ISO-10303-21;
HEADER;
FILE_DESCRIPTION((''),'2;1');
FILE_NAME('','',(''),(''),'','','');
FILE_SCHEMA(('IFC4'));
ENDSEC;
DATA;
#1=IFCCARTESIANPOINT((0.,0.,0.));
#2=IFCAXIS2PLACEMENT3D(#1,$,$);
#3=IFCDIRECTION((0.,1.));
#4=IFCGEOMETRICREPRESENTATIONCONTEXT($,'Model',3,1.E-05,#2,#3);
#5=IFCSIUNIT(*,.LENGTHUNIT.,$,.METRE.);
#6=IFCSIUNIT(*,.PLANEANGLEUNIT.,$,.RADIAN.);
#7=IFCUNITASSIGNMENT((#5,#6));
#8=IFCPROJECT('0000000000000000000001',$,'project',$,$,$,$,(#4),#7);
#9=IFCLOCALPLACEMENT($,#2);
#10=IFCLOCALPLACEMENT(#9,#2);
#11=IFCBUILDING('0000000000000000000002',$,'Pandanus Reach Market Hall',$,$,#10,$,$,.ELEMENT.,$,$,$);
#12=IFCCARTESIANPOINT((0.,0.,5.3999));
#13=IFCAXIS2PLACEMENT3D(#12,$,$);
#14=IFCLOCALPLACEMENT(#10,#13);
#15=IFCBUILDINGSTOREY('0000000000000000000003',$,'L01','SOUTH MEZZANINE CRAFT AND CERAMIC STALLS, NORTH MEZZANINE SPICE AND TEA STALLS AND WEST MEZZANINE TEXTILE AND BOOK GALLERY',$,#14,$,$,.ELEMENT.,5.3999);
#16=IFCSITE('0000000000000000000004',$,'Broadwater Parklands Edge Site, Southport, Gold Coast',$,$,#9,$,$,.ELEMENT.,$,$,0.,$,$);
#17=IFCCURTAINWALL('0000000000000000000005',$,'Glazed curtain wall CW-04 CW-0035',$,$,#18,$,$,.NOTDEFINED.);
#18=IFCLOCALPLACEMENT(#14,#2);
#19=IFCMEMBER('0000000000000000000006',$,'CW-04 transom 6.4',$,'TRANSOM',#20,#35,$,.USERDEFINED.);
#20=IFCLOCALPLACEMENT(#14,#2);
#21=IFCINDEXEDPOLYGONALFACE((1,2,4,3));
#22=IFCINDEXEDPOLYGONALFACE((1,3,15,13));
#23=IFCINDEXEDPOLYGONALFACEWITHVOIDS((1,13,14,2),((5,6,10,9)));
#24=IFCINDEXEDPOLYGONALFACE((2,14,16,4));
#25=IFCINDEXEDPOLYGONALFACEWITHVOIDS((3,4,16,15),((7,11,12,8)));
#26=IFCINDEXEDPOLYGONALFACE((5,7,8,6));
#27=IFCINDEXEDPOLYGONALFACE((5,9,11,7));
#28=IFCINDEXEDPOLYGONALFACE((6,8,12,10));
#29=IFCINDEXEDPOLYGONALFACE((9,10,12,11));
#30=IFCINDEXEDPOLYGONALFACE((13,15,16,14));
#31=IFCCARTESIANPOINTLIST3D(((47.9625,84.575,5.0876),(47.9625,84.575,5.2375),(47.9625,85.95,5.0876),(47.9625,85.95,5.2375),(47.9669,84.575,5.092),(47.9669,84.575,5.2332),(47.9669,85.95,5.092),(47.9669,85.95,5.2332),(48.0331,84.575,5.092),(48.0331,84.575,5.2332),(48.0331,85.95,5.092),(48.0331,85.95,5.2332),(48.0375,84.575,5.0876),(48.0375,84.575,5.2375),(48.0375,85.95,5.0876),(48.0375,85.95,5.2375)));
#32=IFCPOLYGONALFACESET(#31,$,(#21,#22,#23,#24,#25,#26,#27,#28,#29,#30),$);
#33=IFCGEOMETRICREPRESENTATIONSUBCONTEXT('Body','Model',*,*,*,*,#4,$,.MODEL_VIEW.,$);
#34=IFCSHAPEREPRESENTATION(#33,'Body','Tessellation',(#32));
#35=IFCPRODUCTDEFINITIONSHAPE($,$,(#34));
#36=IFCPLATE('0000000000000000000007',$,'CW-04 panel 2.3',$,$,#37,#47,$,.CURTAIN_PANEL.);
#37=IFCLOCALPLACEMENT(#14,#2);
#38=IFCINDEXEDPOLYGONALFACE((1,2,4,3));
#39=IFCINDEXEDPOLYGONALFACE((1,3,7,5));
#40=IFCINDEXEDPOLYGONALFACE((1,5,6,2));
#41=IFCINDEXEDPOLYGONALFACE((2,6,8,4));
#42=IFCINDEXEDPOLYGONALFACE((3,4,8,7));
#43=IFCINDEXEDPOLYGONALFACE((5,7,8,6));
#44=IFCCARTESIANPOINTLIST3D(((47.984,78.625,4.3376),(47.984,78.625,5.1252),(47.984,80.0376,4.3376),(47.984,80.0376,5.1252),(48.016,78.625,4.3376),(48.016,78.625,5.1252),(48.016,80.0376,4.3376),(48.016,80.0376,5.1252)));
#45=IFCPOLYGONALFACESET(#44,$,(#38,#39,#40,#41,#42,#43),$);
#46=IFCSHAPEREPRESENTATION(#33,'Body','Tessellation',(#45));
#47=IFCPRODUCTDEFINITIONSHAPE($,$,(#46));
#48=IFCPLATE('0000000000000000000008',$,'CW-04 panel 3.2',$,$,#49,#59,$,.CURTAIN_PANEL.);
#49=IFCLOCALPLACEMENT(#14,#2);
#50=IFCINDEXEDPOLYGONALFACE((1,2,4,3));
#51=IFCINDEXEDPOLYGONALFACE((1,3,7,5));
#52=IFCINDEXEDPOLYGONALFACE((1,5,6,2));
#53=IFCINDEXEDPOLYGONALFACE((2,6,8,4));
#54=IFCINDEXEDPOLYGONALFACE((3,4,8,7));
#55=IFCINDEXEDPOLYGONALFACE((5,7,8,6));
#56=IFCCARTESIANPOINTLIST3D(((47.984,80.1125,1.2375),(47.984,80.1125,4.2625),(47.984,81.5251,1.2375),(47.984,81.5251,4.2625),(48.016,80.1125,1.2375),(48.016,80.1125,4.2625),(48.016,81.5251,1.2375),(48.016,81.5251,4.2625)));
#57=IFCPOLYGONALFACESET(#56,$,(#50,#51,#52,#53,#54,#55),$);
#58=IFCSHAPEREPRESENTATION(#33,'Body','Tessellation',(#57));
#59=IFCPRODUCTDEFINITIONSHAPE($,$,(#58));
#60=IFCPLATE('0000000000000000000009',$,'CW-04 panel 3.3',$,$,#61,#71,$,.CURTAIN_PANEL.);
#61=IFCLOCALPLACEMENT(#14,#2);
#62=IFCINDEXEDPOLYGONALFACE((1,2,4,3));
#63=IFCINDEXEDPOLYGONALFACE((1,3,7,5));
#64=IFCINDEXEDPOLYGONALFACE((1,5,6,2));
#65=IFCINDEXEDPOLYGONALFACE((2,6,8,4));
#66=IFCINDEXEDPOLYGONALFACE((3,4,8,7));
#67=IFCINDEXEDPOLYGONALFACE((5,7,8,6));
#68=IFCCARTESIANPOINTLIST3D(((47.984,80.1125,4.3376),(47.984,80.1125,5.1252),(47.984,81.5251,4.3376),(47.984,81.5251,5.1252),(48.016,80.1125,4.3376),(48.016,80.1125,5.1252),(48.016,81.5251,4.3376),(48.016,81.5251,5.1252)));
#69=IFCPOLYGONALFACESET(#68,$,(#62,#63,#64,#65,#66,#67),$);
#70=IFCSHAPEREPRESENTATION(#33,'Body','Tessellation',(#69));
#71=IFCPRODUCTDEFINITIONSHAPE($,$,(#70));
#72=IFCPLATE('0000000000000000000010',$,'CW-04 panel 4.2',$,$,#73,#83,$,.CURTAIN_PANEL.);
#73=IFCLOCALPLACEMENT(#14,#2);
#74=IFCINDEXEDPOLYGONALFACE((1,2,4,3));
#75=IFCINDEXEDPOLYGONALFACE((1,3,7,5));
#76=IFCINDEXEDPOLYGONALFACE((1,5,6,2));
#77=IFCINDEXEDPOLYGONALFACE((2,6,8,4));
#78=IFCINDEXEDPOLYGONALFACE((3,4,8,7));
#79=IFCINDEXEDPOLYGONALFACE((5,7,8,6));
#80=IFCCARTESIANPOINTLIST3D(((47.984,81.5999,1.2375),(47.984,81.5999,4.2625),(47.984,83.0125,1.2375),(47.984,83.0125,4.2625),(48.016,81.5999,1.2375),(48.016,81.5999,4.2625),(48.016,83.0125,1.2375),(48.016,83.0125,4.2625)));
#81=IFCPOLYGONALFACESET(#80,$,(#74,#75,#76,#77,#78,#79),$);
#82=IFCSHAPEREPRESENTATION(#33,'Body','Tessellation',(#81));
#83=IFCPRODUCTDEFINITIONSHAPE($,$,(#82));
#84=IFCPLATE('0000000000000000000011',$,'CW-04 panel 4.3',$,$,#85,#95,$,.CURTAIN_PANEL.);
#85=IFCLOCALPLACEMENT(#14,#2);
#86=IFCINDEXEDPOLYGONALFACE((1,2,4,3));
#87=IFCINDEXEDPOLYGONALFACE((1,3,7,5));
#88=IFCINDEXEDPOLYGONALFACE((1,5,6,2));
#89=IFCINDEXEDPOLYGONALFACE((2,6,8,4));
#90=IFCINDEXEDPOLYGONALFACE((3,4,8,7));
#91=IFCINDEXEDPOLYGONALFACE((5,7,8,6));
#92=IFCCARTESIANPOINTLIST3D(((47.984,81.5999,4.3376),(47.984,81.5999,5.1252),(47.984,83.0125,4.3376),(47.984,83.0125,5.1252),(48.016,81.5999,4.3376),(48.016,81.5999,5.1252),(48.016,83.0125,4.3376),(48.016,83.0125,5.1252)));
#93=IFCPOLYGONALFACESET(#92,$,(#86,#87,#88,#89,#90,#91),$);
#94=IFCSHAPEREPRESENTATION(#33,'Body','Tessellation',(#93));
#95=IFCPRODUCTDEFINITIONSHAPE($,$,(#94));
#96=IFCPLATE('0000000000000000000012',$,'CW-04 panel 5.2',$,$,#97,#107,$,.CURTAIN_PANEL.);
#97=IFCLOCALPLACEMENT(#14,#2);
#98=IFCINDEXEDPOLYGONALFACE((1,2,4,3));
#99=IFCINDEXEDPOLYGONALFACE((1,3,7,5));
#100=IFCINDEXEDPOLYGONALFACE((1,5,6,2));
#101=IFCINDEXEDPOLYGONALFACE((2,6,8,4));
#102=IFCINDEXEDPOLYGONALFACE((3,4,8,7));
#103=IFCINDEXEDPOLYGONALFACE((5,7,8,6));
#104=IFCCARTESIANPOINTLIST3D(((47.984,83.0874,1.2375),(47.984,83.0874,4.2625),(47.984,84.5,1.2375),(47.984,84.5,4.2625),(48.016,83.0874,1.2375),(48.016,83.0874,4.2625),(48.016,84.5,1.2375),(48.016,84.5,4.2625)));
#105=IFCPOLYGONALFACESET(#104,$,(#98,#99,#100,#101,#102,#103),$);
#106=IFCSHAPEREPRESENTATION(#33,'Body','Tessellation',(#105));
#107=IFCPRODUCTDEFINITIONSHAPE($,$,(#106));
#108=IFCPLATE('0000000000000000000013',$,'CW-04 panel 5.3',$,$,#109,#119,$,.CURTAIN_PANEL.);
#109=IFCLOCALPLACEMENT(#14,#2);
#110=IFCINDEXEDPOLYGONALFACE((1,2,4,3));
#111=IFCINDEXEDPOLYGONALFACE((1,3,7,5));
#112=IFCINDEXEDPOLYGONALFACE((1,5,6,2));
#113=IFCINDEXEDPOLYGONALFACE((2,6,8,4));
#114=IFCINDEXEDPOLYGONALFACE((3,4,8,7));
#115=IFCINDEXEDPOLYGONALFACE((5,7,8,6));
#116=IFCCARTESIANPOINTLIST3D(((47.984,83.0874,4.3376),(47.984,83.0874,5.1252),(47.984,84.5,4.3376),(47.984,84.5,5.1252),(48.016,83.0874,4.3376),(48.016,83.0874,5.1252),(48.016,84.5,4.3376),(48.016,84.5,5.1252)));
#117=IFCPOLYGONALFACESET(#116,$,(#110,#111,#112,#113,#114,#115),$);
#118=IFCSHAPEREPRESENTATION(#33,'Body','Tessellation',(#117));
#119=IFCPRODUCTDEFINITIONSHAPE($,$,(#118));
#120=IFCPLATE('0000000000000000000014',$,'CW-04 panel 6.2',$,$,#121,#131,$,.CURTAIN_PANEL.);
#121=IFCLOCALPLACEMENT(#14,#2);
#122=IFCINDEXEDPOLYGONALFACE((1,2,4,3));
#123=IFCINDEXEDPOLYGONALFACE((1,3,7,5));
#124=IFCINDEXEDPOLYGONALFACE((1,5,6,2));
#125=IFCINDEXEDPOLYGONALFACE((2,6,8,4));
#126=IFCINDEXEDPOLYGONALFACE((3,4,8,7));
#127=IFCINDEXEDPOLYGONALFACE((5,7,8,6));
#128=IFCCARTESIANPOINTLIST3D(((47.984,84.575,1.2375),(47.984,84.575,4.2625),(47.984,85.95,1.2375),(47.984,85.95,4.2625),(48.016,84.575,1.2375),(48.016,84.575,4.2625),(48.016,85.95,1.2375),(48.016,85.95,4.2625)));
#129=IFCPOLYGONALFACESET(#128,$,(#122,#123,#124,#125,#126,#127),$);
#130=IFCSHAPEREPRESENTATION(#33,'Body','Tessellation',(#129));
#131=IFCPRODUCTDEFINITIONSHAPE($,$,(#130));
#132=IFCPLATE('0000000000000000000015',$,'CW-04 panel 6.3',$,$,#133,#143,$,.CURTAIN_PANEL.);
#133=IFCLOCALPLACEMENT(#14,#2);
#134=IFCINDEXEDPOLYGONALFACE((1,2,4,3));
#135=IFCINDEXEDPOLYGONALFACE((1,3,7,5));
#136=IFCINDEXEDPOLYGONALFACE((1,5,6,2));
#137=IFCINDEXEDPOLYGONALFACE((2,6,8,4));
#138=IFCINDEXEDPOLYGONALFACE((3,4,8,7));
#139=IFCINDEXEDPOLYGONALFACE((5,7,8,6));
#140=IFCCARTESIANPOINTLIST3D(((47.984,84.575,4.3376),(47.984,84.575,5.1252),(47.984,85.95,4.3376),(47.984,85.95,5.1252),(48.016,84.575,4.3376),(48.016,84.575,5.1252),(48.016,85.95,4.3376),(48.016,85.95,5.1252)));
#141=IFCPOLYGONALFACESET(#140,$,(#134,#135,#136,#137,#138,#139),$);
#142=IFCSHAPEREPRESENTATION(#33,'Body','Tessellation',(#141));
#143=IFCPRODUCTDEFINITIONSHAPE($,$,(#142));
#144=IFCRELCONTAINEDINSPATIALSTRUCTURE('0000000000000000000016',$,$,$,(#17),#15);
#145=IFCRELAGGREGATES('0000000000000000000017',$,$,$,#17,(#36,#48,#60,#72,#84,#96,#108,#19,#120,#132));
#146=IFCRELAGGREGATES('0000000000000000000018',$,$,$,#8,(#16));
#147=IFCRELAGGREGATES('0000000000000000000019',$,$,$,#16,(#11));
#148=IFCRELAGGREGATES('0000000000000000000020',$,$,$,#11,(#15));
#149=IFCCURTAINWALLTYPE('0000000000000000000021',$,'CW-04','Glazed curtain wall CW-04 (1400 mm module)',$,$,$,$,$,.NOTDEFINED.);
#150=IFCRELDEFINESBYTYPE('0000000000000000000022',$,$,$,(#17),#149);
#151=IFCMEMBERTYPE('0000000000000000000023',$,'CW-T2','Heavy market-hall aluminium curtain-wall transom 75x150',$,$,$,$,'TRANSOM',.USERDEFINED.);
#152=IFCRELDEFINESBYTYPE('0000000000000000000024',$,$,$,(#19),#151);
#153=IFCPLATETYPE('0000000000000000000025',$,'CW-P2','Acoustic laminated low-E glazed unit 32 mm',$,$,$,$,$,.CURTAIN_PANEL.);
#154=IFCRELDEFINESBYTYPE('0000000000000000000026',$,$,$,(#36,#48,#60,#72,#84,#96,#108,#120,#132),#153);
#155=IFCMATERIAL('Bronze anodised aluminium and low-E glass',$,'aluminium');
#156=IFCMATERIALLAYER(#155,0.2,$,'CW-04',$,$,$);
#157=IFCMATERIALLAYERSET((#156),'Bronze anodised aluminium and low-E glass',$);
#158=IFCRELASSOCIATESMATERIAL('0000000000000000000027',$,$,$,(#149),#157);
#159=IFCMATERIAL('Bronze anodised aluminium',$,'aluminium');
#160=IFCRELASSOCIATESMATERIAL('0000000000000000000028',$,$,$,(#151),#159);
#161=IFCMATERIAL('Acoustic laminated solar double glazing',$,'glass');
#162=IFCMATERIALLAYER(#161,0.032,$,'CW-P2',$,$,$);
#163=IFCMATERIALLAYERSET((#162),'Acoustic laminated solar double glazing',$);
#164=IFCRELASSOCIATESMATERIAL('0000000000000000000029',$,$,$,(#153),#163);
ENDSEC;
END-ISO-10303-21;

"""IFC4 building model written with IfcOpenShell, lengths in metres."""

from ifc_helpers import new_model, si_unit, direction, frame, origin, origin_2d, place, context, subcontext, project, spatial, rectangle, hollow_rectangle, extrude, material, layer, layer_set, material_profile, profile_set, type_object, element, aggregate, save


model = new_model("IFC4")

# Units and contexts
model_context = context("Model", 3, precision=1e-05, world=origin(), true_north=direction((0.0, 1.0)))
body_context = subcontext(model_context, "Body", "Model", "MODEL_VIEW")
ifc_project = project(units=[si_unit("LENGTHUNIT", "METRE"), si_unit("PLANEANGLEUNIT", "RADIAN")], contexts=[model_context])

# Site, building, storey
site_placement = place(None, origin())
site = spatial("IfcSite", under=ifc_project, at=site_placement, Name="Broadwater Parklands Edge Site, Southport, Gold Coast", CompositionType="ELEMENT", RefElevation=0.0)
building_placement = place(site_placement, origin())
building = spatial("IfcBuilding", under=site, at=building_placement, Name="Pandanus Reach Market Hall", CompositionType="ELEMENT")
storey_placement = place(building_placement, frame((0.0, 0.0, 5.3999)))
storey = spatial("IfcBuildingStorey", under=building, at=storey_placement, Name="L01", Description="SOUTH MEZZANINE CRAFT AND CERAMIC STALLS, NORTH MEZZANINE SPICE AND TEA STALLS AND WEST MEZZANINE TEXTILE AND BOOK GALLERY", CompositionType="ELEMENT", Elevation=5.3999)

# Curtain wall, member, plates
ifc_material_1 = material(Name="Bronze anodised aluminium and low-E glass", Category="aluminium")
ifc_layer_1 = layer(ifc_material_1, 0.2, Name="CW-04")
ifc_layer_set_1 = layer_set([ifc_layer_1], Name="Bronze anodised aluminium and low-E glass")
curtain_wall_type = type_object("IfcCurtainWallType", Name="CW-04", Description="Glazed curtain wall CW-04 (1400 mm module)", PredefinedType="NOTDEFINED", material=ifc_layer_set_1)
curtain_wall_placement = place(storey_placement, origin())
curtain_wall = element("IfcCurtainWall", 1, at=curtain_wall_placement, inside=storey, type_object=curtain_wall_type, Name="Glazed curtain wall CW-04 CW-0035", PredefinedType="NOTDEFINED")
ifc_material_2 = material(Name="Bronze anodised aluminium", Category="aluminium")
ifc_material_profile_1 = material_profile(ifc_material_2, hollow_rectangle(XDim=0.075, YDim=0.1499, WallThickness=0.0044, at=origin_2d()), Name="ALU75x150", Category="LoadBearing")
ifc_profile_set_1 = profile_set([ifc_material_profile_1], Name="Bronze anodised aluminium")
member_type_1 = type_object("IfcMemberType", Name="CW-T2", Description="Heavy market-hall aluminium curtain-wall transom 75x150", ElementType="TRANSOM", PredefinedType="USERDEFINED", material=ifc_profile_set_1)
member_1_placement = place(storey_placement, frame((48.0, 84.575, 5.1626), z_axis=(0.0, 1.0, 0.0), x_axis=(-1.0, 0.0, 0.0)))
member_1 = element("IfcMember", 2, at=member_1_placement, type_object=member_type_1, Name="CW-04 transom 6.4", ObjectType="TRANSOM", PredefinedType="USERDEFINED", context=body_context, shape_type="SweptSolid", body=[
    extrude(hollow_rectangle(XDim=0.075, YDim=0.1499, WallThickness=0.0044, at=origin_2d()), origin(), (0.0, 0.0, 1.0), 1.375),
])
ifc_material_3 = material(Name="Acoustic laminated solar double glazing", Category="glass")
ifc_layer_2 = layer(ifc_material_3, 0.032, Name="CW-P2")
ifc_layer_set_2 = layer_set([ifc_layer_2], Name="Acoustic laminated solar double glazing")
plate_type = type_object("IfcPlateType", Name="CW-P2", Description="Acoustic laminated low-E glazed unit 32 mm", PredefinedType="CURTAIN_PANEL", material=ifc_layer_set_2)
plate_1_placement = place(storey_placement, frame((48.0, 79.3313, 4.3376), z_axis=(0.0, 0.0, 1.0), x_axis=(0.0, 1.0, 0.0)))
plate_1 = element("IfcPlate", 3, at=plate_1_placement, type_object=plate_type, Name="CW-04 panel 2.3", PredefinedType="CURTAIN_PANEL", context=body_context, shape_type="SweptSolid", body=[
    extrude(rectangle(XDim=1.4126, YDim=0.032, at=origin_2d()), origin(), (0.0, 0.0, 1.0), 0.7876),
])
plate_2_placement = place(storey_placement, frame((48.0, 80.8188, 1.2375), z_axis=(0.0, 0.0, 1.0), x_axis=(0.0, 1.0, 0.0)))
plate_2 = element("IfcPlate", 4, at=plate_2_placement, type_object=plate_type, Name="CW-04 panel 3.2", PredefinedType="CURTAIN_PANEL", context=body_context, shape_type="SweptSolid", body=[
    extrude(rectangle(XDim=1.4126, YDim=0.032, at=origin_2d()), origin(), (0.0, 0.0, 1.0), 3.0249),
])
plate_3_placement = place(storey_placement, frame((48.0, 80.8188, 4.3376), z_axis=(0.0, 0.0, 1.0), x_axis=(0.0, 1.0, 0.0)))
plate_3 = element("IfcPlate", 5, at=plate_3_placement, type_object=plate_type, Name="CW-04 panel 3.3", PredefinedType="CURTAIN_PANEL", context=body_context, shape_type="SweptSolid", body=[
    extrude(rectangle(XDim=1.4126, YDim=0.032, at=origin_2d()), origin(), (0.0, 0.0, 1.0), 0.7876),
])
plate_4_placement = place(storey_placement, frame((48.0, 82.3062, 1.2375), z_axis=(0.0, 0.0, 1.0), x_axis=(0.0, 1.0, 0.0)))
plate_4 = element("IfcPlate", 6, at=plate_4_placement, type_object=plate_type, Name="CW-04 panel 4.2", PredefinedType="CURTAIN_PANEL", context=body_context, shape_type="SweptSolid", body=[
    extrude(rectangle(XDim=1.4126, YDim=0.032, at=origin_2d()), origin(), (0.0, 0.0, 1.0), 3.0249),
])
plate_5_placement = place(storey_placement, frame((48.0, 82.3062, 4.3376), z_axis=(0.0, 0.0, 1.0), x_axis=(0.0, 1.0, 0.0)))
plate_5 = element("IfcPlate", 7, at=plate_5_placement, type_object=plate_type, Name="CW-04 panel 4.3", PredefinedType="CURTAIN_PANEL", context=body_context, shape_type="SweptSolid", body=[
    extrude(rectangle(XDim=1.4126, YDim=0.032, at=origin_2d()), origin(), (0.0, 0.0, 1.0), 0.7876),
])
plate_6_placement = place(storey_placement, frame((48.0, 83.7937, 1.2375), z_axis=(0.0, 0.0, 1.0), x_axis=(0.0, 1.0, 0.0)))
plate_6 = element("IfcPlate", 8, at=plate_6_placement, type_object=plate_type, Name="CW-04 panel 5.2", PredefinedType="CURTAIN_PANEL", context=body_context, shape_type="SweptSolid", body=[
    extrude(rectangle(XDim=1.4126, YDim=0.032, at=origin_2d()), origin(), (0.0, 0.0, 1.0), 3.0249),
])
plate_7_placement = place(storey_placement, frame((48.0, 83.7937, 4.3376), z_axis=(0.0, 0.0, 1.0), x_axis=(0.0, 1.0, 0.0)))
plate_7 = element("IfcPlate", 9, at=plate_7_placement, type_object=plate_type, Name="CW-04 panel 5.3", PredefinedType="CURTAIN_PANEL", context=body_context, shape_type="SweptSolid", body=[
    extrude(rectangle(XDim=1.4126, YDim=0.032, at=origin_2d()), origin(), (0.0, 0.0, 1.0), 0.7876),
])
plate_8_placement = place(storey_placement, frame((48.0, 85.2625, 1.2375), z_axis=(0.0, 0.0, 1.0), x_axis=(0.0, 1.0, 0.0)))
plate_8 = element("IfcPlate", 10, at=plate_8_placement, type_object=plate_type, Name="CW-04 panel 6.2", PredefinedType="CURTAIN_PANEL", context=body_context, shape_type="SweptSolid", body=[
    extrude(rectangle(XDim=1.375, YDim=0.032, at=origin_2d()), origin(), (0.0, 0.0, 1.0), 3.0249),
])
plate_9_placement = place(storey_placement, frame((48.0, 85.2625, 4.3376), z_axis=(0.0, 0.0, 1.0), x_axis=(0.0, 1.0, 0.0)))
plate_9 = element("IfcPlate", 11, at=plate_9_placement, type_object=plate_type, Name="CW-04 panel 6.3", PredefinedType="CURTAIN_PANEL", context=body_context, shape_type="SweptSolid", body=[
    extrude(rectangle(XDim=1.375, YDim=0.032, at=origin_2d()), origin(), (0.0, 0.0, 1.0), 0.7876),
])
aggregate(curtain_wall, [plate_1, plate_2, plate_3, plate_4, plate_5, plate_6, plate_7, member_1, plate_8, plate_9])

save(model, "model.ifc")
